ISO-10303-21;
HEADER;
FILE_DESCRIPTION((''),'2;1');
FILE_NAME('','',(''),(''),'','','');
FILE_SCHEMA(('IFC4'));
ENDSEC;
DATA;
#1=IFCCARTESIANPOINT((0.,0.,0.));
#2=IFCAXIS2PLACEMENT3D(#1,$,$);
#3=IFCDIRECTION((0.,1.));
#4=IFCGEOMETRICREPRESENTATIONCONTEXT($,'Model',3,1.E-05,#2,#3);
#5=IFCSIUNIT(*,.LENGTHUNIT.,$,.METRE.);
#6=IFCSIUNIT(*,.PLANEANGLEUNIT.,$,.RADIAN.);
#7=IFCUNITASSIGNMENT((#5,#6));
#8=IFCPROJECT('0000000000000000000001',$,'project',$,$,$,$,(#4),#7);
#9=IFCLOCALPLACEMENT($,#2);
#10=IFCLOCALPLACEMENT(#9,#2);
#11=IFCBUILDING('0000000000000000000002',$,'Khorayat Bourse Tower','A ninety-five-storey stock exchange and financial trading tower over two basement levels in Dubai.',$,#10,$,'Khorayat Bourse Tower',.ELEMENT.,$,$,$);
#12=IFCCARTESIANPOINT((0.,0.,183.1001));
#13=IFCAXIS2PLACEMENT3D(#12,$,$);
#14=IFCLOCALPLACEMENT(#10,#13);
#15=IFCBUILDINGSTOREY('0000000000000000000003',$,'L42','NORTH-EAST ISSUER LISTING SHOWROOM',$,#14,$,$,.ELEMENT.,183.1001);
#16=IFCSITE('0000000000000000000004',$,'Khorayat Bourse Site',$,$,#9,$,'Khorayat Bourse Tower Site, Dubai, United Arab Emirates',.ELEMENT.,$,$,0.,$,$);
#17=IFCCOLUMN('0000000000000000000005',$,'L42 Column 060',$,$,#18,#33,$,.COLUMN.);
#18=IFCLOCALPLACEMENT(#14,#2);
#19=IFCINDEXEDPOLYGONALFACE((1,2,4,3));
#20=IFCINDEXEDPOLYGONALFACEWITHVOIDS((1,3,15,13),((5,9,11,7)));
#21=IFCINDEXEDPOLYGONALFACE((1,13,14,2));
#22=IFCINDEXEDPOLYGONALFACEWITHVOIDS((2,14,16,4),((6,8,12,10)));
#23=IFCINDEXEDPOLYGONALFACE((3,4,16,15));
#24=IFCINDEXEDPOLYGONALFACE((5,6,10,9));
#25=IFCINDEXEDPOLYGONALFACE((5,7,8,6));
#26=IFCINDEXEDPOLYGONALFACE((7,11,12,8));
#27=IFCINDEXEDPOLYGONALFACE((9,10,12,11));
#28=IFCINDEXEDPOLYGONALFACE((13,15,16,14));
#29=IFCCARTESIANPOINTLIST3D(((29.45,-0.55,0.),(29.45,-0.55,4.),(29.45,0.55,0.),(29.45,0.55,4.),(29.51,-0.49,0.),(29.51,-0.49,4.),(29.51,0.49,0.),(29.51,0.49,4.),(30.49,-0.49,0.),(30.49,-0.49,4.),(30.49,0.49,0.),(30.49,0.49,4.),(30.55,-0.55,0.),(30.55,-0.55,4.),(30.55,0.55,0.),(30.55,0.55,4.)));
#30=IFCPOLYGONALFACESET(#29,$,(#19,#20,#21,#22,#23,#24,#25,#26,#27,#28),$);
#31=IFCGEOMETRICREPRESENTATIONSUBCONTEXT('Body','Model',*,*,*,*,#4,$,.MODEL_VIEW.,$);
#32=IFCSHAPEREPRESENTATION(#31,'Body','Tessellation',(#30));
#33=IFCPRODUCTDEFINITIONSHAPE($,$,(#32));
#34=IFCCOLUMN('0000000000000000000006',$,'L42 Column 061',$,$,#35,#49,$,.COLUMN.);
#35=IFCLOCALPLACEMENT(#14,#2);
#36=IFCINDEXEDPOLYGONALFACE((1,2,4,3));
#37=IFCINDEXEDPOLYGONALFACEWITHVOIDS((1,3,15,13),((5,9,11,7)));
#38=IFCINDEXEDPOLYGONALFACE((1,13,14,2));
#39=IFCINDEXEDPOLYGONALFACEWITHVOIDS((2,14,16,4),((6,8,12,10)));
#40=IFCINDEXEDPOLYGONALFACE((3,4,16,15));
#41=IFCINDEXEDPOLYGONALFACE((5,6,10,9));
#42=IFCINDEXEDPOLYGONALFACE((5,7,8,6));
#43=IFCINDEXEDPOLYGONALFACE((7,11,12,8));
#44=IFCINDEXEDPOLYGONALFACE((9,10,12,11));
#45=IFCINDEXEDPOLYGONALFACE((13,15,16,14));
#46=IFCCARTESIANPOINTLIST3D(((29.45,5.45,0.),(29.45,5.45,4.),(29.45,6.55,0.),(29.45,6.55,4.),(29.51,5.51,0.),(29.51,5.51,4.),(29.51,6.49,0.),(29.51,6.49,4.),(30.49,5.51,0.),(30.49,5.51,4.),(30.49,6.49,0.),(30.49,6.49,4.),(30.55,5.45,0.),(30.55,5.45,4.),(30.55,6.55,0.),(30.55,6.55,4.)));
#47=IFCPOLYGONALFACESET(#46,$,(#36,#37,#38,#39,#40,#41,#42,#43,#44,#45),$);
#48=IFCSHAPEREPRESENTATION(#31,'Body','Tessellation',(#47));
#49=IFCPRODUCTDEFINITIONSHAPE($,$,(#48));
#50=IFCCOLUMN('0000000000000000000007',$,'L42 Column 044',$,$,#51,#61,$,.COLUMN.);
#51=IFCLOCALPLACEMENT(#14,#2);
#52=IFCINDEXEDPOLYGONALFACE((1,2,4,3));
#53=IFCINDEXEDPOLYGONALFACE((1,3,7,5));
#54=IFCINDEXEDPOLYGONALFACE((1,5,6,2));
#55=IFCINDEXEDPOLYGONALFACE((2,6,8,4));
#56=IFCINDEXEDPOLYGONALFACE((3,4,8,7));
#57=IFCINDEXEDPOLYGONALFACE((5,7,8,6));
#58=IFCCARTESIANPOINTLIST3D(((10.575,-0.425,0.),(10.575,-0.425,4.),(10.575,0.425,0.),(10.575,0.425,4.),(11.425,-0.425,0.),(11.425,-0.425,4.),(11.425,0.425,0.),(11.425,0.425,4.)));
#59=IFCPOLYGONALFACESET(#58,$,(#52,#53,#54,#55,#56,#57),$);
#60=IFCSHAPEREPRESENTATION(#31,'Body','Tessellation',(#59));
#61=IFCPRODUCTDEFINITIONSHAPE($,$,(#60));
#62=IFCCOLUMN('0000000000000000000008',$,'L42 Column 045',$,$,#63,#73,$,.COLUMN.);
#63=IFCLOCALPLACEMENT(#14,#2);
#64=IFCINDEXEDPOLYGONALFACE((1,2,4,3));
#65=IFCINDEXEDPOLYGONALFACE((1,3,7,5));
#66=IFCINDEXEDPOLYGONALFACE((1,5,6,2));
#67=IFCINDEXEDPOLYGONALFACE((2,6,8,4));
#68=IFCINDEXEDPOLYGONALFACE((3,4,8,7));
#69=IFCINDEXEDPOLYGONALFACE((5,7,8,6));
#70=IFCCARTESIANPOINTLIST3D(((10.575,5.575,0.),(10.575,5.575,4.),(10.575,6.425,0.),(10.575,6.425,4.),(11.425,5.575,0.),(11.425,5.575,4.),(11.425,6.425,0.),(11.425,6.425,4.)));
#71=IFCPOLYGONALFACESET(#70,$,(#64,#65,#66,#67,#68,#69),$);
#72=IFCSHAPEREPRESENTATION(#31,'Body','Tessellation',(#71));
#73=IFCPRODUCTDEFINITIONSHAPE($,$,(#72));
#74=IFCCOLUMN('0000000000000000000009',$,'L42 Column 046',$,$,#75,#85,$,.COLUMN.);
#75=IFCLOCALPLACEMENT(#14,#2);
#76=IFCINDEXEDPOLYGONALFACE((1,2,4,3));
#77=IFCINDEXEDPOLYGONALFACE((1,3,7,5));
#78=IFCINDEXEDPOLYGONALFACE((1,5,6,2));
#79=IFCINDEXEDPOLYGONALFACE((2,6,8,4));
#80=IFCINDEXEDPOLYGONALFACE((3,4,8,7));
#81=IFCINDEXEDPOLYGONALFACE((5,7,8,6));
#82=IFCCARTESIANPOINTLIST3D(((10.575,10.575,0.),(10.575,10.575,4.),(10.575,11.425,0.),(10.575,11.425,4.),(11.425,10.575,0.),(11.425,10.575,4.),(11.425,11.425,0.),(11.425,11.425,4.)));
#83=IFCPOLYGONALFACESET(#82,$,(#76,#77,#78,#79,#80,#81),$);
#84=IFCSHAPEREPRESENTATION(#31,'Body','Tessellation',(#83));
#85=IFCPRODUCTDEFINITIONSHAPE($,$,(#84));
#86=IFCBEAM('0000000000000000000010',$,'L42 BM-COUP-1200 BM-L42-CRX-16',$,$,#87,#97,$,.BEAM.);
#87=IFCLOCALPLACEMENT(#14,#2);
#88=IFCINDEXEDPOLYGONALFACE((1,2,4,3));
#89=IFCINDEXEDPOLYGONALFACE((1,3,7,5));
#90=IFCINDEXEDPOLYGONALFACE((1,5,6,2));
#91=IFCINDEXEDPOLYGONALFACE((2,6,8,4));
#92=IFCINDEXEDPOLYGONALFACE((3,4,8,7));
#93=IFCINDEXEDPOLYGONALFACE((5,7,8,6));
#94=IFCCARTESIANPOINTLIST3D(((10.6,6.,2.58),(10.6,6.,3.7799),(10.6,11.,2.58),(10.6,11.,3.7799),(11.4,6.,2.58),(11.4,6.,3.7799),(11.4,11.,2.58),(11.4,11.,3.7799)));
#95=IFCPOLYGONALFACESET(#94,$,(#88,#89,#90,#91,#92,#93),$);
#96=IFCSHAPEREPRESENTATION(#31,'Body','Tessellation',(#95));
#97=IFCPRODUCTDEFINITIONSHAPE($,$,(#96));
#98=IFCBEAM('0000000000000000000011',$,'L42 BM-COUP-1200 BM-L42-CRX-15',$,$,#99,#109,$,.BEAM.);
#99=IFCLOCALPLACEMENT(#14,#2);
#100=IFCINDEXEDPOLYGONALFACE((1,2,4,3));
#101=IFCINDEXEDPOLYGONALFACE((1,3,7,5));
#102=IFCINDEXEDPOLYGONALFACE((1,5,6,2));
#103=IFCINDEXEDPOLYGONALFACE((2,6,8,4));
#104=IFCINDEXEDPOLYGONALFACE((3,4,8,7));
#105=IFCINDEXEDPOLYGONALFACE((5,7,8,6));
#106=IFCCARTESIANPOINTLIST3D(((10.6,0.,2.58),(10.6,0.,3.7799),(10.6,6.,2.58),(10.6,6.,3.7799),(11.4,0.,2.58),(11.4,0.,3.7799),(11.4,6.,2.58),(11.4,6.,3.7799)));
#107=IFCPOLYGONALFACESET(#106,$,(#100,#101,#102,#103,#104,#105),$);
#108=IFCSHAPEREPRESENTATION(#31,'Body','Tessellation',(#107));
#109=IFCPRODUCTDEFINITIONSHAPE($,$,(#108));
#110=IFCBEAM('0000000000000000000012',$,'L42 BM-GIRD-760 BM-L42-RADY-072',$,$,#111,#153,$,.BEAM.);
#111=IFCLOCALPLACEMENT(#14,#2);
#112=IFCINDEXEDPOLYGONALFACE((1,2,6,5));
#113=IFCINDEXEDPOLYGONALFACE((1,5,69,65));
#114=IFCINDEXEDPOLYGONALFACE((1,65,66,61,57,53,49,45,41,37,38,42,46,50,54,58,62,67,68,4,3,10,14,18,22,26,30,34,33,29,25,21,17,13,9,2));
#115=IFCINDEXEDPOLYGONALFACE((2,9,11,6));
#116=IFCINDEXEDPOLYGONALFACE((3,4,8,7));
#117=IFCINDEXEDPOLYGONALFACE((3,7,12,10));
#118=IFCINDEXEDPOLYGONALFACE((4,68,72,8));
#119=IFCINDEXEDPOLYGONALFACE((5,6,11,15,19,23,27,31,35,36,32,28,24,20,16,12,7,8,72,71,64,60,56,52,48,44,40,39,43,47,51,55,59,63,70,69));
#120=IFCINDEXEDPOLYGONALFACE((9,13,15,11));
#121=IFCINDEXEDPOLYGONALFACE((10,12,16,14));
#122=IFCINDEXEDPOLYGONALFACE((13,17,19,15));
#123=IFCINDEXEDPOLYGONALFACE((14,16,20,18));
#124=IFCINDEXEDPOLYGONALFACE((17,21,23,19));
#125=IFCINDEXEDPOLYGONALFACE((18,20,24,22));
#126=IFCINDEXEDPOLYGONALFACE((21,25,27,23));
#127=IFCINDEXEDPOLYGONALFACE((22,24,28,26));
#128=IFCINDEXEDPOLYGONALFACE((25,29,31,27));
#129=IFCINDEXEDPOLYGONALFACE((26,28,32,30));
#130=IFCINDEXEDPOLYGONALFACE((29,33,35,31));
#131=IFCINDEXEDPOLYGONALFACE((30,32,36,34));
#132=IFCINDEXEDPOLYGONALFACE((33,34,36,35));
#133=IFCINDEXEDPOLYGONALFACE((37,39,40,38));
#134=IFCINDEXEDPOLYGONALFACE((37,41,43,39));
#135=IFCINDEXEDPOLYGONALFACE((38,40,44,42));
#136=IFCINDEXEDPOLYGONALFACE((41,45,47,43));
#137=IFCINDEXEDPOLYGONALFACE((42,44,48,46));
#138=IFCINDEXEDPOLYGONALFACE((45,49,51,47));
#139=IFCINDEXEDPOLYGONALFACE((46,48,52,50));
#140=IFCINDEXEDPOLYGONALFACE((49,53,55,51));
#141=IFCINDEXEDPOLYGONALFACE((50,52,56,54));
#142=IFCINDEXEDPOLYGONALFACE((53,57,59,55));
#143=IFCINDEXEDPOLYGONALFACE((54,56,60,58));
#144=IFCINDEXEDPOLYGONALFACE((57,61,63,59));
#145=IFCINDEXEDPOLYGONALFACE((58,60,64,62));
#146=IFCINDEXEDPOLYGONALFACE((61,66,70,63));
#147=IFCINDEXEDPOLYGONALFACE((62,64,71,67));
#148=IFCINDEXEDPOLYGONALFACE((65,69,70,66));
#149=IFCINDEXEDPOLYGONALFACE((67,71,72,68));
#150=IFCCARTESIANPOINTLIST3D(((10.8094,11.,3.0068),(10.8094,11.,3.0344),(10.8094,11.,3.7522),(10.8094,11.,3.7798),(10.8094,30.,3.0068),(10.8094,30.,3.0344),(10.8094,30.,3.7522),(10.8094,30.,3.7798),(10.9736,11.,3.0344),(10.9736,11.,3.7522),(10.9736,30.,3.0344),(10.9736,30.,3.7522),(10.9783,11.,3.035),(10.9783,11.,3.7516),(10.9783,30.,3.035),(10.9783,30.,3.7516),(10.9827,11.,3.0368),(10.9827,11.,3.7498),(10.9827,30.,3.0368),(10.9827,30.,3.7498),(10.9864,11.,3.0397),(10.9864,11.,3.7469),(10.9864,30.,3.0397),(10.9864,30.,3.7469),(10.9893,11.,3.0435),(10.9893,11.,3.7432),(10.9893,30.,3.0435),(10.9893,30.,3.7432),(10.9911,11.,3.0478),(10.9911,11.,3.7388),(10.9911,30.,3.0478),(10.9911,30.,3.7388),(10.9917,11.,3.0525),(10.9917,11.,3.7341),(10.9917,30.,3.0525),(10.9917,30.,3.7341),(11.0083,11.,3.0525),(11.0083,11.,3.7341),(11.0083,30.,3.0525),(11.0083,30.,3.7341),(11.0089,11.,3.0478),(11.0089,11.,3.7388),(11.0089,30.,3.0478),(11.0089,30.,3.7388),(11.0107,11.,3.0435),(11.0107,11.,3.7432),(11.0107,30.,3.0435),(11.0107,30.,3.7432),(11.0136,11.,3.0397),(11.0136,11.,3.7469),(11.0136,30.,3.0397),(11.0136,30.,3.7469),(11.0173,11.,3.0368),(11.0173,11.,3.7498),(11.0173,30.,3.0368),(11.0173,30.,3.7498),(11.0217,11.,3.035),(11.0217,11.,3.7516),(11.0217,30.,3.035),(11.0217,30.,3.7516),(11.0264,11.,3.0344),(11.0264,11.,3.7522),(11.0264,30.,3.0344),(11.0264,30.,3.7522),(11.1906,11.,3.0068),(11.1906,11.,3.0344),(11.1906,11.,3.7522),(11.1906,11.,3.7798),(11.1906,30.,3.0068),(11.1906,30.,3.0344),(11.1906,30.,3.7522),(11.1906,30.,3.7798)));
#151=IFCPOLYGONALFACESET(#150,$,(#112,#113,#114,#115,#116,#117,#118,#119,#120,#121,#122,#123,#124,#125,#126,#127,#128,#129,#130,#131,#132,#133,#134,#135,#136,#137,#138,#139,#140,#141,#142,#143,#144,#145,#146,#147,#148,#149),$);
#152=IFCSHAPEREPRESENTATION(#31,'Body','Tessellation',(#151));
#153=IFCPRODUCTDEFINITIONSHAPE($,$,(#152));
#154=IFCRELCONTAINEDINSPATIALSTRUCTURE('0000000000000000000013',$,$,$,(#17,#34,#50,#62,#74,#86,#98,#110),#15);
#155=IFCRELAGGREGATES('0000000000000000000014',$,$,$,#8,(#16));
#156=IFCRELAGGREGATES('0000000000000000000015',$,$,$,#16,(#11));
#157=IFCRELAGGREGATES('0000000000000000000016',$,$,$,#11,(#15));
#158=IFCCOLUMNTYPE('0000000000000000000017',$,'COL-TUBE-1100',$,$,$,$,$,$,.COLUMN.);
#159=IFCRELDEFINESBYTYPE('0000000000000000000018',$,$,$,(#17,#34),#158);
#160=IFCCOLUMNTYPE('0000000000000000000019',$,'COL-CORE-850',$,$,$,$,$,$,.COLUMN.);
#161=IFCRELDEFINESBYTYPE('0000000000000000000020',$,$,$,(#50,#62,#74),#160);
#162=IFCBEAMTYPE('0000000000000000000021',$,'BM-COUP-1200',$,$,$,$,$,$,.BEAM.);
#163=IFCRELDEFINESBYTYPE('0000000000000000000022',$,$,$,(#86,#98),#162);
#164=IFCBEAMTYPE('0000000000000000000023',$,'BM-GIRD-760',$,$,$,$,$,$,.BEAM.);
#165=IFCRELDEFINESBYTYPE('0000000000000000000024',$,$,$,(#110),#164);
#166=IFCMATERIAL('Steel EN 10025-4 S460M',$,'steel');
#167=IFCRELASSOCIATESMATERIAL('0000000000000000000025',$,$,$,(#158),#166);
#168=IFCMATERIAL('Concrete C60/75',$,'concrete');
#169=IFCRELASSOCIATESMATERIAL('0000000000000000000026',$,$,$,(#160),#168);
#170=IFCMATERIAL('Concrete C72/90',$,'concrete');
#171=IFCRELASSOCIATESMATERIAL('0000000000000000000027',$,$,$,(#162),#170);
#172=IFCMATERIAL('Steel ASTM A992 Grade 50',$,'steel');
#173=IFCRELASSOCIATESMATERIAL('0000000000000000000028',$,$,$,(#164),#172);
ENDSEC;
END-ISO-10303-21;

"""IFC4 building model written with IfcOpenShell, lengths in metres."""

from ifc_helpers import new_model, si_unit, direction, frame, origin, origin_2d, place, context, subcontext, project, spatial, rectangle, hollow_rectangle, i_section, extrude, source, transform, mapped, material, material_profile, profile_set, type_object, element, save


model = new_model("IFC4")

# Units and contexts
model_context = context("Model", 3, precision=1e-05, world=origin(), true_north=direction((0.0, 1.0)))
body_context = subcontext(model_context, "Body", "Model", "MODEL_VIEW")
ifc_project = project(units=[si_unit("LENGTHUNIT", "METRE"), si_unit("PLANEANGLEUNIT", "RADIAN")], contexts=[model_context])

# Site, building, storey
site_placement = place(None, origin())
site = spatial("IfcSite", under=ifc_project, at=site_placement, Name="Khorayat Bourse Site", LongName="Khorayat Bourse Tower Site, Dubai, United Arab Emirates", CompositionType="ELEMENT", RefElevation=0.0)
building_placement = place(site_placement, origin())
building = spatial("IfcBuilding", under=site, at=building_placement, Name="Khorayat Bourse Tower", Description="A ninety-five-storey stock exchange and financial trading tower over two basement levels in Dubai.", LongName="Khorayat Bourse Tower", CompositionType="ELEMENT")
storey_placement = place(building_placement, frame((0.0, 0.0, 183.1001)))
storey = spatial("IfcBuildingStorey", under=building, at=storey_placement, Name="L42", Description="NORTH-EAST ISSUER LISTING SHOWROOM", CompositionType="ELEMENT", Elevation=183.1001)

# Columns
ifc_material_1 = material(Name="Steel EN 10025-4 S460M", Category="steel")
ifc_material_profile_1 = material_profile(ifc_material_1, hollow_rectangle(XDim=1.1001, YDim=1.1001, WallThickness=0.0601, at=origin_2d()), Name="BOX 1100x1100x60")
ifc_profile_set_1 = profile_set([ifc_material_profile_1], Name="Steel EN 10025-4 S460M")
column_type_1 = type_object("IfcColumnType", Name="COL-TUBE-1100", PredefinedType="COLUMN", material=ifc_profile_set_1)
shared_shape_1 = source(origin(), body_context, "Body", "SweptSolid", [
    extrude(hollow_rectangle(XDim=1.1001, YDim=1.1001, WallThickness=0.0601, at=origin_2d()), origin(), (0.0, 0.0, 1.0), 4.0),
])
for number, where, z_axis, x_axis, name in (
    (1, (30.0, 0.0, 0.0), (0.0, 0.0, 1.0), (1.0, 0.0, 0.0), "L42 Column 060"),
    (2, (30.0, 6.0, 0.0), (0.0, 0.0, 1.0), (1.0, 0.0, 0.0), "L42 Column 061"),
):
    element("IfcColumn", number, at=place(storey_placement, frame(where, z_axis=z_axis, x_axis=x_axis)), inside=storey, type_object=column_type_1, Name=name, PredefinedType="COLUMN", context=body_context, shape_type="MappedRepresentation", body=[
        mapped(shared_shape_1, transform((0.0, 0.0, 0.0), scale=1.0)),
    ])
ifc_material_2 = material(Name="Concrete C60/75", Category="concrete")
ifc_material_profile_2 = material_profile(ifc_material_2, rectangle(XDim=0.8501, YDim=0.8501, at=origin_2d()), Name="RC 850x850")
ifc_profile_set_2 = profile_set([ifc_material_profile_2], Name="Concrete C60/75")
column_type_2 = type_object("IfcColumnType", Name="COL-CORE-850", PredefinedType="COLUMN", material=ifc_profile_set_2)
shared_shape_2 = source(origin(), body_context, "Body", "SweptSolid", [
    extrude(rectangle(XDim=0.8501, YDim=0.8501, at=origin_2d()), origin(), (0.0, 0.0, 1.0), 4.0),
])
for number, where, z_axis, x_axis, name in (
    (3, (11.0, 0.0, 0.0), (0.0, 0.0, 1.0), (1.0, 0.0, 0.0), "L42 Column 044"),
    (4, (11.0, 6.0, 0.0), (0.0, 0.0, 1.0), (1.0, 0.0, 0.0), "L42 Column 045"),
    (5, (11.0, 11.0, 0.0), (0.0, 0.0, 1.0), (1.0, 0.0, 0.0), "L42 Column 046"),
):
    element("IfcColumn", number, at=place(storey_placement, frame(where, z_axis=z_axis, x_axis=x_axis)), inside=storey, type_object=column_type_2, Name=name, PredefinedType="COLUMN", context=body_context, shape_type="MappedRepresentation", body=[
        mapped(shared_shape_2, transform((0.0, 0.0, 0.0), scale=1.0)),
    ])

# Beams
ifc_material_3 = material(Name="Concrete C72/90", Category="concrete")
ifc_material_profile_3 = material_profile(ifc_material_3, rectangle(XDim=0.8, YDim=1.2, at=origin_2d()), Name="RC 800x1200")
ifc_profile_set_3 = profile_set([ifc_material_profile_3], Name="Concrete C72/90")
beam_type_1 = type_object("IfcBeamType", Name="BM-COUP-1200", PredefinedType="BEAM", material=ifc_profile_set_3)
shared_shape_3 = source(origin(), body_context, "Body", "SweptSolid", [
    extrude(rectangle(XDim=0.8, YDim=1.2, at=origin_2d()), origin(), (0.0, 0.0, 1.0), 5.0),
])
beam_1_placement = place(storey_placement, frame((11.0, 6.0, 3.1799), z_axis=(0.0, 1.0, 0.0), x_axis=(-1.0, 0.0, 0.0)))
element("IfcBeam", 6, at=beam_1_placement, inside=storey, type_object=beam_type_1, Name="L42 BM-COUP-1200 BM-L42-CRX-16", PredefinedType="BEAM", context=body_context, shape_type="MappedRepresentation", body=[
    mapped(shared_shape_3, transform((0.0, 0.0, 0.0), scale=1.0)),
])
shared_shape_4 = source(origin(), body_context, "Body", "SweptSolid", [
    extrude(rectangle(XDim=0.8, YDim=1.2, at=origin_2d()), origin(), (0.0, 0.0, 1.0), 6.0),
])
beam_2_placement = place(storey_placement, frame((11.0, 0.0, 3.1799), z_axis=(0.0, 1.0, 0.0), x_axis=(-1.0, 0.0, 0.0)))
element("IfcBeam", 7, at=beam_2_placement, inside=storey, type_object=beam_type_1, Name="L42 BM-COUP-1200 BM-L42-CRX-15", PredefinedType="BEAM", context=body_context, shape_type="MappedRepresentation", body=[
    mapped(shared_shape_4, transform((0.0, 0.0, 0.0), scale=1.0)),
])
ifc_material_4 = material(Name="Steel ASTM A992 Grade 50", Category="steel")
ifc_material_profile_4 = material_profile(ifc_material_4, i_section(OverallWidth=0.3811, OverallDepth=0.7729, WebThickness=0.0166, FlangeThickness=0.0276, FilletRadius=0.0181, at=origin_2d()), Name="W760X257")
ifc_profile_set_4 = profile_set([ifc_material_profile_4], Name="Steel ASTM A992 Grade 50")
beam_type_2 = type_object("IfcBeamType", Name="BM-GIRD-760", PredefinedType="BEAM", material=ifc_profile_set_4)
shared_shape_5 = source(origin(), body_context, "Body", "SweptSolid", [
    extrude(i_section(OverallWidth=0.3811, OverallDepth=0.7729, WebThickness=0.0166, FlangeThickness=0.0276, FilletRadius=0.0181, at=origin_2d()), origin(), (0.0, 0.0, 1.0), 19.0),
])
for number, where, z_axis, x_axis, name in (
    (8, (11.0, 11.0, 3.3933), (0.0, 1.0, 0.0), (-1.0, 0.0, 0.0), "L42 BM-GIRD-760 BM-L42-RADY-072"),
):
    element("IfcBeam", number, at=place(storey_placement, frame(where, z_axis=z_axis, x_axis=x_axis)), inside=storey, type_object=beam_type_2, Name=name, PredefinedType="BEAM", context=body_context, shape_type="MappedRepresentation", body=[
        mapped(shared_shape_5, transform((0.0, 0.0, 0.0), scale=1.0)),
    ])

save(model, "model.ifc")
